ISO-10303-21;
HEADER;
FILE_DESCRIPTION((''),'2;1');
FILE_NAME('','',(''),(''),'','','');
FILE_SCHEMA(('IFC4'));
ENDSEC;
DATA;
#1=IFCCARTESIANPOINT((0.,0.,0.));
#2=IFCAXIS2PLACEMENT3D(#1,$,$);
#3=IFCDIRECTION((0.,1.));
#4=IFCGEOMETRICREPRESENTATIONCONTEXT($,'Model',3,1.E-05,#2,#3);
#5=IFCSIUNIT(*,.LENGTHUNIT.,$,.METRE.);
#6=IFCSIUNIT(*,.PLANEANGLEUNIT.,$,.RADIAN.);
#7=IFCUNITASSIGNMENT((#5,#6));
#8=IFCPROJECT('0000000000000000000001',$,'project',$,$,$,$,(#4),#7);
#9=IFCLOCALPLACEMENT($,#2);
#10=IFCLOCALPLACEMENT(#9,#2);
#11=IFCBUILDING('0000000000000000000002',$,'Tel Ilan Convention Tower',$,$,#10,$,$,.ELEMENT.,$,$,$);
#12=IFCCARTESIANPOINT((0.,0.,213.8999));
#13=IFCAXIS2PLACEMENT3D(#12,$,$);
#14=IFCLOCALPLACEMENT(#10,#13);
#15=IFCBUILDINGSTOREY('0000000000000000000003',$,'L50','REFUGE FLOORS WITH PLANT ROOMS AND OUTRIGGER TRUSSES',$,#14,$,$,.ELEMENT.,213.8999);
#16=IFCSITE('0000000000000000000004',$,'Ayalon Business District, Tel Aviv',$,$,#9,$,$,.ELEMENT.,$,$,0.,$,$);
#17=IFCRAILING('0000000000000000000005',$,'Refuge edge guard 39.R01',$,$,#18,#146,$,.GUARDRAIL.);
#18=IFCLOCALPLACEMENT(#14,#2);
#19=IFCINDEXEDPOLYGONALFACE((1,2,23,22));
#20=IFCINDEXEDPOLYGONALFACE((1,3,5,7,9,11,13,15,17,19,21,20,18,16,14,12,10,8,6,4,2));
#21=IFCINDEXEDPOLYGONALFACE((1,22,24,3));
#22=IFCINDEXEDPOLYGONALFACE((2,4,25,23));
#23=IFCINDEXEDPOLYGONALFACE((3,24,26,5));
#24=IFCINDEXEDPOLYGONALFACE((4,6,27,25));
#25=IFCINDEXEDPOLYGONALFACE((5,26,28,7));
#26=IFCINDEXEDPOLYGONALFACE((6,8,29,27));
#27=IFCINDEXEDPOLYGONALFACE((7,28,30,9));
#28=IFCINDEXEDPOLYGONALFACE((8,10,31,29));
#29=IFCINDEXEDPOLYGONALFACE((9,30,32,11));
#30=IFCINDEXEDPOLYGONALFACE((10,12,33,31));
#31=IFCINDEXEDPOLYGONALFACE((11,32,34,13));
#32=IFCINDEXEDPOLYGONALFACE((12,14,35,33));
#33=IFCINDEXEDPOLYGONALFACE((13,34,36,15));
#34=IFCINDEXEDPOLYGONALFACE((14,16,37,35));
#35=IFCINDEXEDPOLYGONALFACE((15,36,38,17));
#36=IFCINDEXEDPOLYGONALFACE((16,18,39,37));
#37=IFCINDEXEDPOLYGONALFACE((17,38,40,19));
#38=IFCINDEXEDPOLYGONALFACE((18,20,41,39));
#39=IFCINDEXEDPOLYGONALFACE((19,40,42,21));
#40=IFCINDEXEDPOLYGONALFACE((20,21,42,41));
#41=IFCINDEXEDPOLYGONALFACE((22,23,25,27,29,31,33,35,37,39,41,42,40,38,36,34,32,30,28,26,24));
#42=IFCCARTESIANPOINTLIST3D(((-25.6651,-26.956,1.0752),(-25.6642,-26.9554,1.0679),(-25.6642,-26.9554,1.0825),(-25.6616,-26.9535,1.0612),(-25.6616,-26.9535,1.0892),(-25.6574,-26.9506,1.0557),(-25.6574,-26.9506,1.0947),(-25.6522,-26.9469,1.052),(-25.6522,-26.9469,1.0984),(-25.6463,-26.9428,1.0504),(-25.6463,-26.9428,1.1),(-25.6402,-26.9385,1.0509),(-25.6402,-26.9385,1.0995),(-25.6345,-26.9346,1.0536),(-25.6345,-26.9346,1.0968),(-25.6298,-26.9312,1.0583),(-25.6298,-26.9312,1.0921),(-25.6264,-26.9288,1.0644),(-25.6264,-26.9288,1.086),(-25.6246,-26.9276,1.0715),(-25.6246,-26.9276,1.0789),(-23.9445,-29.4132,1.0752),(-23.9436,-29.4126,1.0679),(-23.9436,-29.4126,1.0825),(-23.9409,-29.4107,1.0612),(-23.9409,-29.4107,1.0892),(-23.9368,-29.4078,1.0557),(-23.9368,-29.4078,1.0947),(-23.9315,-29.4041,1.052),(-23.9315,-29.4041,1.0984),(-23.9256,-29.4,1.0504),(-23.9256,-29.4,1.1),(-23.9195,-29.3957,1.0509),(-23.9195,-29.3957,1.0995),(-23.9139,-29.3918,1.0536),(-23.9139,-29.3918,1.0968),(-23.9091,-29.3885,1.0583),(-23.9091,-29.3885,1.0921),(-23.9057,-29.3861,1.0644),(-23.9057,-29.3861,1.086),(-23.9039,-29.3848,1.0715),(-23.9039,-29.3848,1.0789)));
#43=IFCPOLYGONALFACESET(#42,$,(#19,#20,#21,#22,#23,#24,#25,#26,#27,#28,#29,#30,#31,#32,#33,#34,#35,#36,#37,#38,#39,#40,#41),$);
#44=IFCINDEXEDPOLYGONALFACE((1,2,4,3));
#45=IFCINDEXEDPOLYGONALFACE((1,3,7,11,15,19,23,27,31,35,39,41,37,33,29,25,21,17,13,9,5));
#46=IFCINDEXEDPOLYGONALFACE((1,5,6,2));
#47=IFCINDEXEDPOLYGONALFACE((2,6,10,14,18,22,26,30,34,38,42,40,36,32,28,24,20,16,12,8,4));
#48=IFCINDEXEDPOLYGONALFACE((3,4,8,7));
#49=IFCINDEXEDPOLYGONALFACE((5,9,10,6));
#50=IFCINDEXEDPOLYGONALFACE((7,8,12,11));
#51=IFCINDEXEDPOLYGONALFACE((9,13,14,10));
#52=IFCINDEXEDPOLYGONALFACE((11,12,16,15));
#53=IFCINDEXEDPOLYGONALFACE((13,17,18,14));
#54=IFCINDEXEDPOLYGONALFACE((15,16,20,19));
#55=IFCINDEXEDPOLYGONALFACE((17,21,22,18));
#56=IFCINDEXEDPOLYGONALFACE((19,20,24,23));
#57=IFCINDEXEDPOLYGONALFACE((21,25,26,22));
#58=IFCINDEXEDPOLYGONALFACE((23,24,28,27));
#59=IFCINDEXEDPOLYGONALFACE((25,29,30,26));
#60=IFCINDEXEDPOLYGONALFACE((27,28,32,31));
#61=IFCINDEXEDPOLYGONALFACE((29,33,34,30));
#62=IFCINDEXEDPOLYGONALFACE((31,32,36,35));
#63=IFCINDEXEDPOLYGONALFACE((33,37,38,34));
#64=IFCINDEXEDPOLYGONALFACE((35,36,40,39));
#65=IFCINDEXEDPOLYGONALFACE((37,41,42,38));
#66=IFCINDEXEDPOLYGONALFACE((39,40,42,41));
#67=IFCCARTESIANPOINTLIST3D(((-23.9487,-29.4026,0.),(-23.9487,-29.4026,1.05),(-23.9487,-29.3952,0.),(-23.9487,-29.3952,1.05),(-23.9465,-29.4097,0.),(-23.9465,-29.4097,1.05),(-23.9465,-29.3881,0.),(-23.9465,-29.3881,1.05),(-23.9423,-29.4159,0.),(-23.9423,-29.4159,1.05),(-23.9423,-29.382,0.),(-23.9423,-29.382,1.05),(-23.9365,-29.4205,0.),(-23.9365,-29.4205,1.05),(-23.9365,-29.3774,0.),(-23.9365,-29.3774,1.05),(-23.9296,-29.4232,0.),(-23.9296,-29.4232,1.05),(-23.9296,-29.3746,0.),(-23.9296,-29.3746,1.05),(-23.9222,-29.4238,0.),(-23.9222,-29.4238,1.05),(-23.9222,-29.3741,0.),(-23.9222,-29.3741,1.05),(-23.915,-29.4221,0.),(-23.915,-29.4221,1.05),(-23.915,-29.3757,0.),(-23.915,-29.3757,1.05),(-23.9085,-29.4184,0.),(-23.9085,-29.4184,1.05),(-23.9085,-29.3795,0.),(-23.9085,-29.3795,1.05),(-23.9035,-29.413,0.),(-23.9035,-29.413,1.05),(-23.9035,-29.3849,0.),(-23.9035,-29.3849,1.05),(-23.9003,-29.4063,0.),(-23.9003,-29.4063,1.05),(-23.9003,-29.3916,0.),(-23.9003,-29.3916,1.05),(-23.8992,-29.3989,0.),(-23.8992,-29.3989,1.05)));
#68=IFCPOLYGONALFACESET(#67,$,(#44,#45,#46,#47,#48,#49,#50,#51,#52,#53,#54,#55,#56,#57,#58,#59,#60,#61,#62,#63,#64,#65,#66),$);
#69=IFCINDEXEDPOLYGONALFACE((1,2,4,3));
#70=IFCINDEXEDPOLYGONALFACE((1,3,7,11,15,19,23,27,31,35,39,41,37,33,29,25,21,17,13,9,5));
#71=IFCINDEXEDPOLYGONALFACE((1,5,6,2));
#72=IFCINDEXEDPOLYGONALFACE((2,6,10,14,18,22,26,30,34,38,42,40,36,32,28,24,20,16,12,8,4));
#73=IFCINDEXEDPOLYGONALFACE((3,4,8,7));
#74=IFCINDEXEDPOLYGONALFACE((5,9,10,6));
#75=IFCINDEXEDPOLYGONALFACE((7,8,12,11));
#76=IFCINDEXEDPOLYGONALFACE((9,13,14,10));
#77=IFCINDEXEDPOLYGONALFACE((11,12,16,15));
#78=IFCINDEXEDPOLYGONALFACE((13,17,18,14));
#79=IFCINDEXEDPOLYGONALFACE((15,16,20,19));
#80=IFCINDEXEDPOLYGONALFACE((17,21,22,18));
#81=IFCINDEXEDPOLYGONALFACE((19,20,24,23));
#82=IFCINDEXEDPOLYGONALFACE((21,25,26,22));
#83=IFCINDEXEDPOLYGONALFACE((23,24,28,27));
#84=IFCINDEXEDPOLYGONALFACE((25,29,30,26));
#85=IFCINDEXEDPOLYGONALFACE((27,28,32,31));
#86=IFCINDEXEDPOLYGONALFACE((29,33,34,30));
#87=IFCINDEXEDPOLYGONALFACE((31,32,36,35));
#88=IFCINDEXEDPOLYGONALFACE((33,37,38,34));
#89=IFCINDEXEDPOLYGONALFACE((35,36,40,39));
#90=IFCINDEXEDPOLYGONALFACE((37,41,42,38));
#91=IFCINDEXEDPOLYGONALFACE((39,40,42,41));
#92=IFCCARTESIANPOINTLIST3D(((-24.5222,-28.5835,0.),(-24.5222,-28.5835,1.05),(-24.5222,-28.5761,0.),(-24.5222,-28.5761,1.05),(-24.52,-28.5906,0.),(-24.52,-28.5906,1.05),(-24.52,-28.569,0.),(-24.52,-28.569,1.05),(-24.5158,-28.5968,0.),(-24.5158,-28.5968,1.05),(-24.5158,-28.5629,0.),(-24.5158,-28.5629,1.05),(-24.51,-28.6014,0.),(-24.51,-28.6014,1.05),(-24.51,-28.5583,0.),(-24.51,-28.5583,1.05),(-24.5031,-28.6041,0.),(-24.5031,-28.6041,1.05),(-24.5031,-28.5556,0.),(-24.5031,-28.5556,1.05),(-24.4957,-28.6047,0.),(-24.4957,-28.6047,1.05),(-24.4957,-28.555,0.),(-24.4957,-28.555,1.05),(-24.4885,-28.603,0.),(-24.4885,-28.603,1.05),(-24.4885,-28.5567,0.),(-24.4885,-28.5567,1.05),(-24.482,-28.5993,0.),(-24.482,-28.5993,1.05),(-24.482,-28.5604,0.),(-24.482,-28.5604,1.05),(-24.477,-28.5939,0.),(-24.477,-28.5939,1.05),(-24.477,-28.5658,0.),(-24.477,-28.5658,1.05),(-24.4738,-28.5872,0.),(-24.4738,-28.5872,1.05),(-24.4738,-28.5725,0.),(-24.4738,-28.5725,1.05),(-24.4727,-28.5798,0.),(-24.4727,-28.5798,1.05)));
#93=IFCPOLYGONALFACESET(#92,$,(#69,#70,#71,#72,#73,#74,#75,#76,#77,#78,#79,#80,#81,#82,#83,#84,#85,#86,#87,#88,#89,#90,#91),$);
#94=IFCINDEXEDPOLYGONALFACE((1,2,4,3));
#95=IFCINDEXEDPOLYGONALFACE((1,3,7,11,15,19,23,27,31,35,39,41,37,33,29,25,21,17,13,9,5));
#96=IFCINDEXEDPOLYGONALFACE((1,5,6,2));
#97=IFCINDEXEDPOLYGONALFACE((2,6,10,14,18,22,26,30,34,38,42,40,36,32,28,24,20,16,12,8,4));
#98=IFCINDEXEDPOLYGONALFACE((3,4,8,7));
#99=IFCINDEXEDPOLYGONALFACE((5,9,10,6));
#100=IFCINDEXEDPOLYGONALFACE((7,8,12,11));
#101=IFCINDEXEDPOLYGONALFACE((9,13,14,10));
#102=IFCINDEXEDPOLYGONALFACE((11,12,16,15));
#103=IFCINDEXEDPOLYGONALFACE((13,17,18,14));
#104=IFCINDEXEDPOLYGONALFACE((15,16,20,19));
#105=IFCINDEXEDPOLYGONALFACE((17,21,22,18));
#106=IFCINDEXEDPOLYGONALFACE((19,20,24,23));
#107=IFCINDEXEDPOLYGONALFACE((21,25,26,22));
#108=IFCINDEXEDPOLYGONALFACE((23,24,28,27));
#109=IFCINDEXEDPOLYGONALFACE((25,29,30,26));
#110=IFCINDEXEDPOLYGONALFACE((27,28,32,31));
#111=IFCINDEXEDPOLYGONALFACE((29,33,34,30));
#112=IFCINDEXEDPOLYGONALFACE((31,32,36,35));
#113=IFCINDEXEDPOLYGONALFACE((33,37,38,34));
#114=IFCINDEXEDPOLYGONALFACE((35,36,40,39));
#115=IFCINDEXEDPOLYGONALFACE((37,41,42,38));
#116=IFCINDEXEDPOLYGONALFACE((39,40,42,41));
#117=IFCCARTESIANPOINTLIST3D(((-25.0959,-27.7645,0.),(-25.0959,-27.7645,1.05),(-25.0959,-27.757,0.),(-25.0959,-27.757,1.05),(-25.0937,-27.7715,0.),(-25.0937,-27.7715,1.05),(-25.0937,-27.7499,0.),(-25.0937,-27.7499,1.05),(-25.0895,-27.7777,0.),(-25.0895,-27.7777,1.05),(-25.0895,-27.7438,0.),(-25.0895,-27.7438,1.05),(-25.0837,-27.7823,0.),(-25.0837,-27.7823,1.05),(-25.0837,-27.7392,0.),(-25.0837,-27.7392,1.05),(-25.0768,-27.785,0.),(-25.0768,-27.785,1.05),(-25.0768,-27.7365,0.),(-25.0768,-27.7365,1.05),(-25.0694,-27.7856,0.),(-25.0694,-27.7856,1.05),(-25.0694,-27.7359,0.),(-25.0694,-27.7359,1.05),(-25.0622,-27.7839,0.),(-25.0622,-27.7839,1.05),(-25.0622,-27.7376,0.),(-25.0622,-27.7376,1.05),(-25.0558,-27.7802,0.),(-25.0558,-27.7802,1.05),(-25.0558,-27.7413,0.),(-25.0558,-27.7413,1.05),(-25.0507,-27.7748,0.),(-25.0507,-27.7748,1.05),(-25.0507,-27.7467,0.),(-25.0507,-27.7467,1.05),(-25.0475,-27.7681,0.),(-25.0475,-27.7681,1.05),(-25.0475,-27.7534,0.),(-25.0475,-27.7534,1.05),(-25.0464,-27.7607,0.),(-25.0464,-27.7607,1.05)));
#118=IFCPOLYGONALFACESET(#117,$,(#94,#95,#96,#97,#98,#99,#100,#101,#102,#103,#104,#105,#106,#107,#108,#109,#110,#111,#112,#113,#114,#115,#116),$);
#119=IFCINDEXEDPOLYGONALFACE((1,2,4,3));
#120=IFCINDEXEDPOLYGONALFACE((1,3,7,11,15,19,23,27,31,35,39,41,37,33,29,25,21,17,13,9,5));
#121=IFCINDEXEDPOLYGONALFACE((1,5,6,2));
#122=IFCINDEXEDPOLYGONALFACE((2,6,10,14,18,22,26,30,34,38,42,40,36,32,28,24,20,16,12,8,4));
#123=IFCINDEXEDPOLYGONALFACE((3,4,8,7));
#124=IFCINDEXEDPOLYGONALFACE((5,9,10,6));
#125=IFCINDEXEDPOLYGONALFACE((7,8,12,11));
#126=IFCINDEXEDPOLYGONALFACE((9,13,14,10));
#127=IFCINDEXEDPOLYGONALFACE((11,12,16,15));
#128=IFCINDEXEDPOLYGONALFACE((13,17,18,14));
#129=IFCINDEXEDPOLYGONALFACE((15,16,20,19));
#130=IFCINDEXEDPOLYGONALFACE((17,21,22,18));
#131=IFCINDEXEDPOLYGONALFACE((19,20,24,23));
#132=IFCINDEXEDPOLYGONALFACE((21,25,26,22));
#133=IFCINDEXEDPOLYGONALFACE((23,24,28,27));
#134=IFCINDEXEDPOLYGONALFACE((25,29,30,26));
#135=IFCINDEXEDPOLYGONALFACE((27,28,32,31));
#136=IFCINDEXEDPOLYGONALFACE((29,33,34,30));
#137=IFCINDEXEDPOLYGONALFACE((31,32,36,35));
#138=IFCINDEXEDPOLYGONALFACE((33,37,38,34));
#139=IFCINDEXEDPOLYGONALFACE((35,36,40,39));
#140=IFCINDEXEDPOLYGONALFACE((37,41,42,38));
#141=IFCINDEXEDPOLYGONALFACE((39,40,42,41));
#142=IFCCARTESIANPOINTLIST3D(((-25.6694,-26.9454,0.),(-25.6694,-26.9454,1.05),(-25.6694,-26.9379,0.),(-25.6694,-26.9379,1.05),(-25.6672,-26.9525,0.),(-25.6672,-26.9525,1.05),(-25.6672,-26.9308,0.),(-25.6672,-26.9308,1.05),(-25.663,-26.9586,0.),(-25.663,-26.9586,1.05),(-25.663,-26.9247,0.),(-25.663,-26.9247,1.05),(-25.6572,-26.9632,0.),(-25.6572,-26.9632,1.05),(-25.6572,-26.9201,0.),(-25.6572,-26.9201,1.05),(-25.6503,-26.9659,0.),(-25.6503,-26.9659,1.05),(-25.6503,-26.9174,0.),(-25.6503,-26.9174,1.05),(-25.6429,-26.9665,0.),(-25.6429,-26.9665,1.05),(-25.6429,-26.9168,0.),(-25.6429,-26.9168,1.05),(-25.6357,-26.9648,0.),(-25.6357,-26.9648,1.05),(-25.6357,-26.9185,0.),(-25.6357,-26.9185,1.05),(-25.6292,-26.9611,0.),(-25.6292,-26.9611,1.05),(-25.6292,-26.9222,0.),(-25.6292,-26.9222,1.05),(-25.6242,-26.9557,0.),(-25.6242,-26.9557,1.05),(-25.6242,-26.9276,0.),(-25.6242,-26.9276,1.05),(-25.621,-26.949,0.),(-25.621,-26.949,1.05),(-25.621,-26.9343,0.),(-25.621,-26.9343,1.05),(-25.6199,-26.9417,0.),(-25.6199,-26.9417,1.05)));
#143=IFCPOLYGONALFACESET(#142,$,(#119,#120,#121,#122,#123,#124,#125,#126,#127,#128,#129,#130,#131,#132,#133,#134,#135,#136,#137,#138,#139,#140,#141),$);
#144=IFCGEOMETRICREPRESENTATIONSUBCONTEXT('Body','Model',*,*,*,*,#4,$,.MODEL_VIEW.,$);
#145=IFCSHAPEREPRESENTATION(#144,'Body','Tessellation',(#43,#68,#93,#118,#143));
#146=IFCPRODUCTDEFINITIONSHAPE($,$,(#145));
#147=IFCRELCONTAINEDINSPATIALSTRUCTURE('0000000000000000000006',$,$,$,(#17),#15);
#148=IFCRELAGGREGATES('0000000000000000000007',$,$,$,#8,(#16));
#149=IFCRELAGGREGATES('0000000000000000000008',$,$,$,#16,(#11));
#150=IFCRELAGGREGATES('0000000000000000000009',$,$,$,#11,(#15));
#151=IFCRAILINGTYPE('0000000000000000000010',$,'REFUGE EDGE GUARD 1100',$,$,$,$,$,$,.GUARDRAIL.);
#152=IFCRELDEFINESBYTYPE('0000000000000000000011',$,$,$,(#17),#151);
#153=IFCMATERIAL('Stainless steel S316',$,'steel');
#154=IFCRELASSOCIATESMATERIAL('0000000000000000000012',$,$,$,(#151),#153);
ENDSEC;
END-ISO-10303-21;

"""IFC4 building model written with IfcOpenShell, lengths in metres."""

from ifc_helpers import new_model, si_unit, direction, frame, origin, origin_2d, place, context, subcontext, project, spatial, circle, extrude, material, type_object, element, save


model = new_model("IFC4")

# Units and contexts
model_context = context("Model", 3, precision=1e-05, world=origin(), true_north=direction((0.0, 1.0)))
body_context = subcontext(model_context, "Body", "Model", "MODEL_VIEW")
ifc_project = project(units=[si_unit("LENGTHUNIT", "METRE"), si_unit("PLANEANGLEUNIT", "RADIAN")], contexts=[model_context])

# Site, building, storey
site_placement = place(None, origin())
site = spatial("IfcSite", under=ifc_project, at=site_placement, Name="Ayalon Business District, Tel Aviv", CompositionType="ELEMENT", RefElevation=0.0)
building_placement = place(site_placement, origin())
building = spatial("IfcBuilding", under=site, at=building_placement, Name="Tel Ilan Convention Tower", CompositionType="ELEMENT")
storey_placement = place(building_placement, frame((0.0, 0.0, 213.8999)))
storey = spatial("IfcBuildingStorey", under=building, at=storey_placement, Name="L50", Description="REFUGE FLOORS WITH PLANT ROOMS AND OUTRIGGER TRUSSES", CompositionType="ELEMENT", Elevation=213.8999)

# Railing
ifc_material_1 = material(Name="Stainless steel S316", Category="steel")
railing_type = type_object("IfcRailingType", Name="REFUGE EDGE GUARD 1100", PredefinedType="GUARDRAIL", material=ifc_material_1)
railing_1_placement = place(storey_placement, frame((-23.9241, -29.3989, 0.0)))
element("IfcRailing", 1, at=railing_1_placement, inside=storey, type_object=railing_type, Name="Refuge edge guard 39.R01", PredefinedType="GUARDRAIL", context=body_context, shape_type="SweptSolid", body=[
    extrude(circle(Radius=0.0249, at=origin_2d()), frame((0.0, 0.0, 1.0752), z_axis=(-0.573599, 0.819136, 0.0), x_axis=(-0.819136, -0.573599, 0.0)), (0.0, 0.0, 1.0), 2.9998),
    extrude(circle(Radius=0.0249, at=origin_2d()), origin(), (0.0, 0.0, 1.0), 1.05),
    extrude(circle(Radius=0.0249, at=origin_2d()), frame((-0.5735, 0.8191, 0.0)), (0.0, 0.0, 1.0), 1.05),
    extrude(circle(Radius=0.0249, at=origin_2d()), frame((-1.1472, 1.6382, 0.0)), (0.0, 0.0, 1.0), 1.05),
    extrude(circle(Radius=0.0249, at=origin_2d()), frame((-1.7207, 2.4573, 0.0)), (0.0, 0.0, 1.0), 1.05),
])

save(model, "model.ifc")
